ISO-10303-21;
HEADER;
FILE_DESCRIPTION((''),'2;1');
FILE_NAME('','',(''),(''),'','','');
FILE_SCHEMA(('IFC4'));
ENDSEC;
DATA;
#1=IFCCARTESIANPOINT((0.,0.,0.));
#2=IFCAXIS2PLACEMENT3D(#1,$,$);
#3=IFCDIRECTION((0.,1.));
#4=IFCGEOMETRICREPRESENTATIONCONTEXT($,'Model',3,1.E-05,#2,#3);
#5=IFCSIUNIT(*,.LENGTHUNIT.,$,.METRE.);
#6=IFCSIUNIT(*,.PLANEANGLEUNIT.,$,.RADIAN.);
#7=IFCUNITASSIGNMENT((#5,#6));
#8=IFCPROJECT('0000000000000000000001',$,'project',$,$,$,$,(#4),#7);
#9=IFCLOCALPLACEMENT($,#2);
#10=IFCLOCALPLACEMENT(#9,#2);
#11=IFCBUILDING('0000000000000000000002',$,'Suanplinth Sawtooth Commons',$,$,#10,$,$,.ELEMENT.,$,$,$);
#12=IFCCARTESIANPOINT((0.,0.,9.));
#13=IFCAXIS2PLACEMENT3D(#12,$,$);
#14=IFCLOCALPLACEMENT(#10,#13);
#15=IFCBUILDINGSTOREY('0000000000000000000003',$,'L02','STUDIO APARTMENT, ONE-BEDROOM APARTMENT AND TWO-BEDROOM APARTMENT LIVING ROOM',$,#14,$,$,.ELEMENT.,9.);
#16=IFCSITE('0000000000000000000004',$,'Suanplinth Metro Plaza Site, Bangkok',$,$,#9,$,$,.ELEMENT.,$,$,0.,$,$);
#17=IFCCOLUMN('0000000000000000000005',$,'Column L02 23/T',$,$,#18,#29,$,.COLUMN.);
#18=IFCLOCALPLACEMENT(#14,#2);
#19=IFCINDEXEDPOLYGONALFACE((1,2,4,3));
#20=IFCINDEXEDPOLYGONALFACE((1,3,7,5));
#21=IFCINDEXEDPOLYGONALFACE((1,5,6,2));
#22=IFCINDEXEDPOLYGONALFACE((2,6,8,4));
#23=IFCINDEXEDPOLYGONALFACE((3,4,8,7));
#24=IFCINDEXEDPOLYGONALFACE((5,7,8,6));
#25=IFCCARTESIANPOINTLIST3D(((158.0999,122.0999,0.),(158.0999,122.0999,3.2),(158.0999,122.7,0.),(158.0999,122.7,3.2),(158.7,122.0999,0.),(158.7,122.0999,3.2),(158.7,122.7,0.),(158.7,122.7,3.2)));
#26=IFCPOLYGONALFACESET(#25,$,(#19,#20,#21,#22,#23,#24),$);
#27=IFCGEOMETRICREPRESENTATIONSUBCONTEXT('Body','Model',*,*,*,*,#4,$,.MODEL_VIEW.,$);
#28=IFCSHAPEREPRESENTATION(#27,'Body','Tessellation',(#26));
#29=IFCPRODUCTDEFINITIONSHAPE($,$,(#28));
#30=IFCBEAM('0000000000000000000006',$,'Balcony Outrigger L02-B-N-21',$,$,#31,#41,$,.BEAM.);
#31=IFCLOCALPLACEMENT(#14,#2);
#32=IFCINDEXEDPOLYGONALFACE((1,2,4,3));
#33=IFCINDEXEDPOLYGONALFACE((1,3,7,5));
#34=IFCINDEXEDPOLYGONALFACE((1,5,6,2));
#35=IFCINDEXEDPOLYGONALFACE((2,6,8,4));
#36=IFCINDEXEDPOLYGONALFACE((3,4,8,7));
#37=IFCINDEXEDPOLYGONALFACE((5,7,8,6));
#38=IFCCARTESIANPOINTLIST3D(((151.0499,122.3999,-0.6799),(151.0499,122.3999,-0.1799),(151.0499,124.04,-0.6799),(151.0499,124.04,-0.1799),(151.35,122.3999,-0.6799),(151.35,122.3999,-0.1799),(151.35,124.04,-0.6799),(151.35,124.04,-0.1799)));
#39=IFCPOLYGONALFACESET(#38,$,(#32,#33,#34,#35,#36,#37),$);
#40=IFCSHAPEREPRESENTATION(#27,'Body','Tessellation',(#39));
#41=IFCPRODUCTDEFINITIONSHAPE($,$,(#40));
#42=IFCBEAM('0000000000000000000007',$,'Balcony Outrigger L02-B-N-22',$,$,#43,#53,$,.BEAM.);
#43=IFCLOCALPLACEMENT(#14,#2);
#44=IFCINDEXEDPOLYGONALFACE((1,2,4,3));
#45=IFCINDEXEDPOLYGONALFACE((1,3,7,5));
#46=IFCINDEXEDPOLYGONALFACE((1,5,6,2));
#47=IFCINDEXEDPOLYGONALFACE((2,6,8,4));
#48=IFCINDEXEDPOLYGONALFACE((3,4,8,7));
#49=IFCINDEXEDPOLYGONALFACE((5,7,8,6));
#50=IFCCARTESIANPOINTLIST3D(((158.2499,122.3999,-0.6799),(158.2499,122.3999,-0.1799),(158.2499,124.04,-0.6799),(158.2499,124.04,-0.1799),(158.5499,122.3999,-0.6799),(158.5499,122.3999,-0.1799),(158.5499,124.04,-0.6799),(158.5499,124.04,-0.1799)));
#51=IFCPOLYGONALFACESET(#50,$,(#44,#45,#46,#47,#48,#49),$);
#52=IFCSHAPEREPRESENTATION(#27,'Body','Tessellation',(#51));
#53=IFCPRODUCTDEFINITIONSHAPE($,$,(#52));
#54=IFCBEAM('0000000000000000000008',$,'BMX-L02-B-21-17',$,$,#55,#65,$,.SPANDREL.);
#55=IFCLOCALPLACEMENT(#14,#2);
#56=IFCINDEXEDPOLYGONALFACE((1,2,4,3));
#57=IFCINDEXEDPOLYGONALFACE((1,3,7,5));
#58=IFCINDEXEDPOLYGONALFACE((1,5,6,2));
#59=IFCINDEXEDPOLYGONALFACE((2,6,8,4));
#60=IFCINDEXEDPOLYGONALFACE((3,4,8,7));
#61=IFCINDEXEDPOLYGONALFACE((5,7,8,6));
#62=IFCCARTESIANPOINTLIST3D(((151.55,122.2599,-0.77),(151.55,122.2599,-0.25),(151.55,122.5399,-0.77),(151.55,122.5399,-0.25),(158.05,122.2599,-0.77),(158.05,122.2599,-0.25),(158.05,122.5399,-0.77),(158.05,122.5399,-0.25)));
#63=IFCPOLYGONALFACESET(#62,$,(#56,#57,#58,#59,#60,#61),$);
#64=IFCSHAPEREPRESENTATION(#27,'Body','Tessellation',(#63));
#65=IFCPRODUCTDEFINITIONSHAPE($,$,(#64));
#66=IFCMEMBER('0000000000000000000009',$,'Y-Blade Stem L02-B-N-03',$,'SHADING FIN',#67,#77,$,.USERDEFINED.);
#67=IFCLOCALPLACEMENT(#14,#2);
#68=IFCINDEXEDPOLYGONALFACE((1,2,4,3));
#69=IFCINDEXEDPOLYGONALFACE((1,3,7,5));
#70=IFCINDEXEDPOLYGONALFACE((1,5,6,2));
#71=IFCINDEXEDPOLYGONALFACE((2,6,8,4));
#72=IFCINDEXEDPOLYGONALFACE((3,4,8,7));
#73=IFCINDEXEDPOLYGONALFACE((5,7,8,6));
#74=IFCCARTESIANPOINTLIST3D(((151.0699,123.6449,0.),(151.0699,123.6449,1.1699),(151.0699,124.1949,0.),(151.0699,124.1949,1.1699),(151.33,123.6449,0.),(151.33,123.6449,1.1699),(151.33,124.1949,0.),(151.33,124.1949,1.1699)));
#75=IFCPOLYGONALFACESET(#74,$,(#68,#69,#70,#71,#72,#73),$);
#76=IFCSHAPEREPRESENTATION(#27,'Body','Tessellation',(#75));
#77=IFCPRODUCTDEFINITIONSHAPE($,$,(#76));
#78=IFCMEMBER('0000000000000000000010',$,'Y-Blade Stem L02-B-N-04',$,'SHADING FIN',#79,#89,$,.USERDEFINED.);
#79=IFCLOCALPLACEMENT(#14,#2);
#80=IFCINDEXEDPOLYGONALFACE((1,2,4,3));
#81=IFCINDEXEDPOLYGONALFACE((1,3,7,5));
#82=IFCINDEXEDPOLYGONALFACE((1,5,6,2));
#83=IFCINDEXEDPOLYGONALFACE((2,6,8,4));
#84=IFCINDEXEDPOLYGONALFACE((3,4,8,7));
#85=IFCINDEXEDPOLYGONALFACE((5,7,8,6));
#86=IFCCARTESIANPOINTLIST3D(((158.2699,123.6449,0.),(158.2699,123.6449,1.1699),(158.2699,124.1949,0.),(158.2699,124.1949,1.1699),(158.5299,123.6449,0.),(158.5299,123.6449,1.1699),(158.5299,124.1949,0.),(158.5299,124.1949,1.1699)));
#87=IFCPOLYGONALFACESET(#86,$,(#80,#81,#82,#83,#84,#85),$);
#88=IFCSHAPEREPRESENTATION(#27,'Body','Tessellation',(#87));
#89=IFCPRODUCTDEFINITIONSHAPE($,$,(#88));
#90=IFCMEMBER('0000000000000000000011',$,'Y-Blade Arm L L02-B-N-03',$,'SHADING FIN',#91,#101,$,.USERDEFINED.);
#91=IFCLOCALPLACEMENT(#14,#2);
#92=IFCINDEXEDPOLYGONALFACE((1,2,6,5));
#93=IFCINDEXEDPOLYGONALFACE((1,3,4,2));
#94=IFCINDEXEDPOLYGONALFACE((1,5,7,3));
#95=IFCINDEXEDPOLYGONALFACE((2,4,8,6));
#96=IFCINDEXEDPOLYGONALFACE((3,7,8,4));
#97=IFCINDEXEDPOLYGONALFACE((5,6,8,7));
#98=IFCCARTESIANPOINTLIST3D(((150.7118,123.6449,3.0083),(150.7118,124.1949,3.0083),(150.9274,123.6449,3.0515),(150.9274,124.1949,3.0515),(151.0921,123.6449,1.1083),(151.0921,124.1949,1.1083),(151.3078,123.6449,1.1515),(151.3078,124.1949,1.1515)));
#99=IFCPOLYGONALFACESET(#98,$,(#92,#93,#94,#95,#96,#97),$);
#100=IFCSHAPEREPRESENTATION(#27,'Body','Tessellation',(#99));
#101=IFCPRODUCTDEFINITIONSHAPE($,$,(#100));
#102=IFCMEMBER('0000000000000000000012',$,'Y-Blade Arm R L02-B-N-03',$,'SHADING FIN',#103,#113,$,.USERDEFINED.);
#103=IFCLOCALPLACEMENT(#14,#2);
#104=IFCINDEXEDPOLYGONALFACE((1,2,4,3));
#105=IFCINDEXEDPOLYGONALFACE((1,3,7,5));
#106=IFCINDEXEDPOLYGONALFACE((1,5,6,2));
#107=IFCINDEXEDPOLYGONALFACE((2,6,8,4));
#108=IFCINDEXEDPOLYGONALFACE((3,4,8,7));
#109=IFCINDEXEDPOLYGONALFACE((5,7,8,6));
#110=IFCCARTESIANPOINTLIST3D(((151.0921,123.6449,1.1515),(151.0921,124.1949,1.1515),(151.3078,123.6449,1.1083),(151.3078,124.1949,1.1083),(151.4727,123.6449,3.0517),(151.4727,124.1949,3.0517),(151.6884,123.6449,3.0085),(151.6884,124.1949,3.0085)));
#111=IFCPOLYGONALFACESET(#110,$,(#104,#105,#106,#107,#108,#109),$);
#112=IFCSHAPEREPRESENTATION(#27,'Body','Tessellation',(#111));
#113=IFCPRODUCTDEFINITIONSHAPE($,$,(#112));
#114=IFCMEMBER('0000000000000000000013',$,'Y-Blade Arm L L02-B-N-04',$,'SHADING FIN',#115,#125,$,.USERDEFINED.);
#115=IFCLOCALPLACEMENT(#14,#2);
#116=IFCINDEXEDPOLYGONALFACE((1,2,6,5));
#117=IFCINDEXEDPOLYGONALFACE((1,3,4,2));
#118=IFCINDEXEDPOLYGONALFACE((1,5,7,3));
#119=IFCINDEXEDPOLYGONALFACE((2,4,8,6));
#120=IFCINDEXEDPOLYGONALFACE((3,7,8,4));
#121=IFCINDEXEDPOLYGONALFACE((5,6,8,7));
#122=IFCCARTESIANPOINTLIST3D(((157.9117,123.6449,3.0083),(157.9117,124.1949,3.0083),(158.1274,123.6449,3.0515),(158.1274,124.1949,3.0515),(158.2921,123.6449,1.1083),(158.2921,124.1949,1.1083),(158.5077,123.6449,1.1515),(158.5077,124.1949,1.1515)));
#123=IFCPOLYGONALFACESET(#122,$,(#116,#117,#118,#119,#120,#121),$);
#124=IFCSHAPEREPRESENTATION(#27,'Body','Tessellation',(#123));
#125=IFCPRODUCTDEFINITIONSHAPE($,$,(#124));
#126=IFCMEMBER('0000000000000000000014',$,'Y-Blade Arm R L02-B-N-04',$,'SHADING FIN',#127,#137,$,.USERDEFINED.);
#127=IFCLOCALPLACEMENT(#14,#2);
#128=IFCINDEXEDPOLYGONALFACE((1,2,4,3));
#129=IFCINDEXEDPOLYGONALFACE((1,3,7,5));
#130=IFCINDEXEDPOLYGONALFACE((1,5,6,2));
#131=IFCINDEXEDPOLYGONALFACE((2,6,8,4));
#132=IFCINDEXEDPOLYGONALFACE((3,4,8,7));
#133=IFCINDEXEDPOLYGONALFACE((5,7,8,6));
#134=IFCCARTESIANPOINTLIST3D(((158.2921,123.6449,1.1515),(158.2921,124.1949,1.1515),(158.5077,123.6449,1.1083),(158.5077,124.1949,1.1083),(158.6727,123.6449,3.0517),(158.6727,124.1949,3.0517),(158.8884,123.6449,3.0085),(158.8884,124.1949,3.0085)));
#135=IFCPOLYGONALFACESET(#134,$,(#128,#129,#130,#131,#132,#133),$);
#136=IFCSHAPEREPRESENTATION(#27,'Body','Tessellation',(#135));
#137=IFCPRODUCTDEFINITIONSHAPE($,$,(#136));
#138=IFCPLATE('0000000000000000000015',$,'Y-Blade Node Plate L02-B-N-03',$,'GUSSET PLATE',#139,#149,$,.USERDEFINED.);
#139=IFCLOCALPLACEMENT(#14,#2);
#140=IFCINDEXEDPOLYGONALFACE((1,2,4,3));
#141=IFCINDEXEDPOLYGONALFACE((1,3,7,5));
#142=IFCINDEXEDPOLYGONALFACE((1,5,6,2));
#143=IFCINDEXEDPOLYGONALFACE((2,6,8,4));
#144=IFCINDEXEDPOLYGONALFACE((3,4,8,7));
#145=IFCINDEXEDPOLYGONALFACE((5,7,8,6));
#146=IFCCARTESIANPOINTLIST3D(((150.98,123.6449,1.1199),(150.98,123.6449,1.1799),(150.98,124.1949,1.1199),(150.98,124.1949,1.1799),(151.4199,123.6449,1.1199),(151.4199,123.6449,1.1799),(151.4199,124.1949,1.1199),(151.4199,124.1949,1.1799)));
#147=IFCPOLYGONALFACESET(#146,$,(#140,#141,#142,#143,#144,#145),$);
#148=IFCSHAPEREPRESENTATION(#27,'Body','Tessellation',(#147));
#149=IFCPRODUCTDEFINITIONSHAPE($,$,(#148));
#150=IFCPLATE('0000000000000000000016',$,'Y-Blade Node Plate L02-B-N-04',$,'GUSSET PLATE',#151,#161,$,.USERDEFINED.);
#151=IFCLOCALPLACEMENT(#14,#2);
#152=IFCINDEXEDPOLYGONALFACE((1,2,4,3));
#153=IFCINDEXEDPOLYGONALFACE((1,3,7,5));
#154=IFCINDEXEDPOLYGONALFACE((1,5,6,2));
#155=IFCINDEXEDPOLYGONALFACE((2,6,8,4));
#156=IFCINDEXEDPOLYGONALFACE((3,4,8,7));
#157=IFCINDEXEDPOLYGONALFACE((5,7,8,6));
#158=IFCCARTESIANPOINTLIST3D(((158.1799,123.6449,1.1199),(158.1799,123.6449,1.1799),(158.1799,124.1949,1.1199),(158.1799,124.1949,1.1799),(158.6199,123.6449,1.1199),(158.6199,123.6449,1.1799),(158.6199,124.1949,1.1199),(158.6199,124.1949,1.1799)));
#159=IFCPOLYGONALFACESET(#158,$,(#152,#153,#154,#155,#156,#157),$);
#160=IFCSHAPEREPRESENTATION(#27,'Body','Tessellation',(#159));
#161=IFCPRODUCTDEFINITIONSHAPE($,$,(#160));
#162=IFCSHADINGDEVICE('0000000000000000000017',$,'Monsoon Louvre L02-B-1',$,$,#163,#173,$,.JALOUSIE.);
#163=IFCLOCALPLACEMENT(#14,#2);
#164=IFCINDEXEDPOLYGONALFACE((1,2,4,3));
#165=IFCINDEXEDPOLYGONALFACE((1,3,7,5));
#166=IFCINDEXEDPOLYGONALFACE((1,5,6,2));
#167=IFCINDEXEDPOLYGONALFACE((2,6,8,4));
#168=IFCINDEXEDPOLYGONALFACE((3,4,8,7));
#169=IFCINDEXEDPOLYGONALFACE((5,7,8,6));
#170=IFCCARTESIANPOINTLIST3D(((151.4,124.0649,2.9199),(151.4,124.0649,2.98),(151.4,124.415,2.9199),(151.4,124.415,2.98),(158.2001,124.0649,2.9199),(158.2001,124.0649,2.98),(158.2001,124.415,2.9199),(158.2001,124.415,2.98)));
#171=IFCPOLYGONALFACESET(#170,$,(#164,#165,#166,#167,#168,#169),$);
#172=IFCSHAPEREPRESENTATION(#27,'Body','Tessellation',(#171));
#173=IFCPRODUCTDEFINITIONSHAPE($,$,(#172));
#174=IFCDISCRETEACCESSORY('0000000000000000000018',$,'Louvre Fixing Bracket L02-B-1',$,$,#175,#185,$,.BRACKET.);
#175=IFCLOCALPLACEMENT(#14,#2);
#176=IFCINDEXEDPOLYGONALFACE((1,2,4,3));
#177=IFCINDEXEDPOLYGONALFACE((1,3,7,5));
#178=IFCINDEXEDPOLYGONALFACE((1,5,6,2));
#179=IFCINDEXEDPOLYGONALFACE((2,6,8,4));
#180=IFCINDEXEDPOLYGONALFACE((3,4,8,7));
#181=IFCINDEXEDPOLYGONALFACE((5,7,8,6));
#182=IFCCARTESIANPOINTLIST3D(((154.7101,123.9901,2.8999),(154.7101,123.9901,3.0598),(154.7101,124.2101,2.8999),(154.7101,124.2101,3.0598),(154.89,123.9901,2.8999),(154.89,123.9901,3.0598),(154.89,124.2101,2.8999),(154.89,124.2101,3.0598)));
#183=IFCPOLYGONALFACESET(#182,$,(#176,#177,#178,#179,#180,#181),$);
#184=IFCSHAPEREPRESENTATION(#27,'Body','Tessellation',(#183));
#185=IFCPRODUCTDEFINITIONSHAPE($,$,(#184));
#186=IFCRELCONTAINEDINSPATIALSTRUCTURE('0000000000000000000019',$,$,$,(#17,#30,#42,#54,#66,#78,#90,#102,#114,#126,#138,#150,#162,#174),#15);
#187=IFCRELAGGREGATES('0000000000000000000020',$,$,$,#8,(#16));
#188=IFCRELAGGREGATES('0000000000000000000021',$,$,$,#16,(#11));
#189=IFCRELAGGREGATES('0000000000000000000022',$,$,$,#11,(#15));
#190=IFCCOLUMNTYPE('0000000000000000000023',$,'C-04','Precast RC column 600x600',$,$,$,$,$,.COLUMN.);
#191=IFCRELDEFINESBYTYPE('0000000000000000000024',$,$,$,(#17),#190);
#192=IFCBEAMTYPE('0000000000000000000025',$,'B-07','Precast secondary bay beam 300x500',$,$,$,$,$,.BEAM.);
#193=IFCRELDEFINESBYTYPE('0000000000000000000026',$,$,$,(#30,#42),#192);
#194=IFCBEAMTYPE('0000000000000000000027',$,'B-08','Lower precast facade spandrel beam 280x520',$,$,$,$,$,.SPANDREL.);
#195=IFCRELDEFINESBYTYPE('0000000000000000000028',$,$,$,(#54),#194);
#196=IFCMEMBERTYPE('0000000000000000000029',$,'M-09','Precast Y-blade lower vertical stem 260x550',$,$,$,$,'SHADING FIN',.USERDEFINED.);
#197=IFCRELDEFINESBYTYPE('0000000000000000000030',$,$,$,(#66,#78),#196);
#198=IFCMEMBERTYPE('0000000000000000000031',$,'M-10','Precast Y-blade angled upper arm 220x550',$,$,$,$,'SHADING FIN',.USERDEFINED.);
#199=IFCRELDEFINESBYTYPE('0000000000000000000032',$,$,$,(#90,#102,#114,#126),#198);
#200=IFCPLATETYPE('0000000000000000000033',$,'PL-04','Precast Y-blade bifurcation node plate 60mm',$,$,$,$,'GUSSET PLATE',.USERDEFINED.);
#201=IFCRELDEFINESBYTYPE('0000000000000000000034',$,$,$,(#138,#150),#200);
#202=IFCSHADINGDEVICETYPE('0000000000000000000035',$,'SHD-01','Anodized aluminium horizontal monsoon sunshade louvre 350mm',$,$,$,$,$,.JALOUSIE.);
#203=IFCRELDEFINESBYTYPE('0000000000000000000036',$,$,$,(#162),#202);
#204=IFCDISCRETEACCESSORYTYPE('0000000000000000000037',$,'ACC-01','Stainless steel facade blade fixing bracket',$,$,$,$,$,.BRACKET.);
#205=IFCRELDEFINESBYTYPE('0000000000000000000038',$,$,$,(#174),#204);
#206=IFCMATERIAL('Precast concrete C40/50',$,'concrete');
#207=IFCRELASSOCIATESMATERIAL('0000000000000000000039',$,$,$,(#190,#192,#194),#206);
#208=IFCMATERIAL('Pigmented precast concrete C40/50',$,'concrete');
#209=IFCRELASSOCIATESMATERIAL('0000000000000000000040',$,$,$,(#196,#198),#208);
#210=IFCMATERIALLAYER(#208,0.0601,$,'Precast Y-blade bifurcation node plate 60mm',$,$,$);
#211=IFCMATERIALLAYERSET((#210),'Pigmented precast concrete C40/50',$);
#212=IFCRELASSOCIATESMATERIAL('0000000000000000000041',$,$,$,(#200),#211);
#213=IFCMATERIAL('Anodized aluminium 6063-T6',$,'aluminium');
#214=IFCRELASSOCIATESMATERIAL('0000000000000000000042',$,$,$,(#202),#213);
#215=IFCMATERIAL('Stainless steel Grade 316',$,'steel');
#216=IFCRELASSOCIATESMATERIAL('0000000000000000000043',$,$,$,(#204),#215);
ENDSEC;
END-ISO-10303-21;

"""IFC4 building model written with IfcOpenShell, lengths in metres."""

from ifc_helpers import new_model, si_unit, direction, frame, origin, origin_2d, place, context, subcontext, project, spatial, rectangle, extrude, material, layer, layer_set, material_profile, profile_set, type_object, element, save


model = new_model("IFC4")

# Units and contexts
model_context = context("Model", 3, precision=1e-05, world=origin(), true_north=direction((0.0, 1.0)))
body_context = subcontext(model_context, "Body", "Model", "MODEL_VIEW")
ifc_project = project(units=[si_unit("LENGTHUNIT", "METRE"), si_unit("PLANEANGLEUNIT", "RADIAN")], contexts=[model_context])

# Site, building, storey
site_placement = place(None, origin())
site = spatial("IfcSite", under=ifc_project, at=site_placement, Name="Suanplinth Metro Plaza Site, Bangkok", CompositionType="ELEMENT", RefElevation=0.0)
building_placement = place(site_placement, origin())
building = spatial("IfcBuilding", under=site, at=building_placement, Name="Suanplinth Sawtooth Commons", CompositionType="ELEMENT")
storey_placement = place(building_placement, frame((0.0, 0.0, 9.0)))
storey = spatial("IfcBuildingStorey", under=building, at=storey_placement, Name="L02", Description="STUDIO APARTMENT, ONE-BEDROOM APARTMENT AND TWO-BEDROOM APARTMENT LIVING ROOM", CompositionType="ELEMENT", Elevation=9.0)

# Column
ifc_material_1 = material(Name="Precast concrete C40/50", Category="concrete")
ifc_material_profile_1 = material_profile(ifc_material_1, rectangle(XDim=0.6001, YDim=0.6001, at=origin_2d()), Name="PC-COL 600x600")
ifc_profile_set_1 = profile_set([ifc_material_profile_1], Name="Precast concrete C40/50")
column_type = type_object("IfcColumnType", Name="C-04", Description="Precast RC column 600x600", PredefinedType="COLUMN", material=ifc_profile_set_1)
column_placement = place(storey_placement, frame((158.3999, 122.3999, 0.0), z_axis=(0.0, 0.0, 1.0), x_axis=(1.0, 0.0, 0.0)))
element("IfcColumn", 1, at=column_placement, inside=storey, type_object=column_type, Name="Column L02 23/T", PredefinedType="COLUMN", context=body_context, shape_type="SweptSolid", body=[
    extrude(rectangle(XDim=0.6001, YDim=0.6001, at=origin_2d()), origin(), (0.0, 0.0, 1.0), 3.2),
])

# Beams
ifc_material_profile_2 = material_profile(ifc_material_1, rectangle(XDim=0.3, YDim=0.5, at=origin_2d()), Name="PC-BM 300x500")
ifc_profile_set_2 = profile_set([ifc_material_profile_2], Name="Precast concrete C40/50")
beam_type_1 = type_object("IfcBeamType", Name="B-07", Description="Precast secondary bay beam 300x500", PredefinedType="BEAM", material=ifc_profile_set_2)
for number, where, z_axis, x_axis, name in (
    (2, (151.2, 122.3999, -0.4299), (0.0, 1.0, 0.0), (-1.0, 0.0, 0.0), "Balcony Outrigger L02-B-N-21"),
    (3, (158.3999, 122.3999, -0.4299), (0.0, 1.0, 0.0), (-1.0, 0.0, 0.0), "Balcony Outrigger L02-B-N-22"),
):
    element("IfcBeam", number, at=place(storey_placement, frame(where, z_axis=z_axis, x_axis=x_axis)), inside=storey, type_object=beam_type_1, Name=name, PredefinedType="BEAM", context=body_context, shape_type="SweptSolid", body=[
        extrude(rectangle(XDim=0.3, YDim=0.5, at=origin_2d()), origin(), (0.0, 0.0, 1.0), 1.6401),
    ])
ifc_material_profile_3 = material_profile(ifc_material_1, rectangle(XDim=0.28, YDim=0.52, at=origin_2d()), Name="PC-SP 280x520")
ifc_profile_set_3 = profile_set([ifc_material_profile_3], Name="Precast concrete C40/50")
beam_type_2 = type_object("IfcBeamType", Name="B-08", Description="Lower precast facade spandrel beam 280x520", PredefinedType="SPANDREL", material=ifc_profile_set_3)
beam_placement = place(storey_placement, frame((151.55, 122.3999, -0.51), z_axis=(1.0, 0.0, 0.0), x_axis=(0.0, 1.0, 0.0)))
element("IfcBeam", 4, at=beam_placement, inside=storey, type_object=beam_type_2, Name="BMX-L02-B-21-17", PredefinedType="SPANDREL", context=body_context, shape_type="SweptSolid", body=[
    extrude(rectangle(XDim=0.28, YDim=0.52, at=origin_2d()), origin(), (0.0, 0.0, 1.0), 6.5),
])

# Members
ifc_material_2 = material(Name="Pigmented precast concrete C40/50", Category="concrete")
ifc_material_profile_4 = material_profile(ifc_material_2, rectangle(XDim=0.26, YDim=0.55, at=origin_2d()), Name="PC-FIN 260x550")
ifc_profile_set_4 = profile_set([ifc_material_profile_4], Name="Pigmented precast concrete C40/50")
member_type_1 = type_object("IfcMemberType", Name="M-09", Description="Precast Y-blade lower vertical stem 260x550", ElementType="SHADING FIN", PredefinedType="USERDEFINED", material=ifc_profile_set_4)
for number, where, z_axis, x_axis, name in (
    (5, (151.2, 123.9199, 0.0), (0.0, 0.0, 1.0), (1.0, 0.0, 0.0), "Y-Blade Stem L02-B-N-03"),
    (6, (158.3999, 123.9199, 0.0), (0.0, 0.0, 1.0), (1.0, 0.0, 0.0), "Y-Blade Stem L02-B-N-04"),
):
    element("IfcMember", number, at=place(storey_placement, frame(where, z_axis=z_axis, x_axis=x_axis)), inside=storey, type_object=member_type_1, Name=name, ObjectType="SHADING FIN", PredefinedType="USERDEFINED", context=body_context, shape_type="SweptSolid", body=[
        extrude(rectangle(XDim=0.26, YDim=0.55, at=origin_2d()), origin(), (0.0, 0.0, 1.0), 1.1699),
    ])
ifc_material_profile_5 = material_profile(ifc_material_2, rectangle(XDim=0.22, YDim=0.55, at=origin_2d()), Name="PC-FIN 220x550")
ifc_profile_set_5 = profile_set([ifc_material_profile_5], Name="Pigmented precast concrete C40/50")
member_type_2 = type_object("IfcMemberType", Name="M-10", Description="Precast Y-blade angled upper arm 220x550", ElementType="SHADING FIN", PredefinedType="USERDEFINED", material=ifc_profile_set_5)
member_1_placement = place(storey_placement, frame((151.2, 123.9199, 1.1299), z_axis=(-0.196286, 0.0, 0.980547), x_axis=(0.980547, 0.0, 0.196286)))
element("IfcMember", 7, at=member_1_placement, inside=storey, type_object=member_type_2, Name="Y-Blade Arm L L02-B-N-03", ObjectType="SHADING FIN", PredefinedType="USERDEFINED", context=body_context, shape_type="SweptSolid", body=[
    extrude(rectangle(XDim=0.22, YDim=0.55, at=origin_2d()), origin(), (0.0, 0.0, 1.0), 1.9377),
])
member_2_placement = place(storey_placement, frame((151.2, 123.9199, 1.1299), z_axis=(0.196407, 0.0, 0.980522), x_axis=(-0.980522, 0.0, 0.196407)))
element("IfcMember", 8, at=member_2_placement, inside=storey, type_object=member_type_2, Name="Y-Blade Arm R L02-B-N-03", ObjectType="SHADING FIN", PredefinedType="USERDEFINED", context=body_context, shape_type="SweptSolid", body=[
    extrude(rectangle(XDim=0.22, YDim=0.55, at=origin_2d()), origin(), (0.0, 0.0, 1.0), 1.938),
])
member_3_placement = place(storey_placement, frame((158.3999, 123.9199, 1.1299), z_axis=(-0.196286, 0.0, 0.980547), x_axis=(0.980547, 0.0, 0.196286)))
element("IfcMember", 9, at=member_3_placement, inside=storey, type_object=member_type_2, Name="Y-Blade Arm L L02-B-N-04", ObjectType="SHADING FIN", PredefinedType="USERDEFINED", context=body_context, shape_type="SweptSolid", body=[
    extrude(rectangle(XDim=0.22, YDim=0.55, at=origin_2d()), origin(), (0.0, 0.0, 1.0), 1.9377),
])
member_4_placement = place(storey_placement, frame((158.3999, 123.9199, 1.1299), z_axis=(0.196407, 0.0, 0.980522), x_axis=(-0.980522, 0.0, 0.196407)))
element("IfcMember", 10, at=member_4_placement, inside=storey, type_object=member_type_2, Name="Y-Blade Arm R L02-B-N-04", ObjectType="SHADING FIN", PredefinedType="USERDEFINED", context=body_context, shape_type="SweptSolid", body=[
    extrude(rectangle(XDim=0.22, YDim=0.55, at=origin_2d()), origin(), (0.0, 0.0, 1.0), 1.938),
])

# Plates
ifc_layer_1 = layer(ifc_material_2, 0.0601, Name="Precast Y-blade bifurcation node plate 60mm")
ifc_layer_set_1 = layer_set([ifc_layer_1], Name="Pigmented precast concrete C40/50")
plate_type = type_object("IfcPlateType", Name="PL-04", Description="Precast Y-blade bifurcation node plate 60mm", ElementType="GUSSET PLATE", PredefinedType="USERDEFINED", material=ifc_layer_set_1)
for number, where, z_axis, x_axis, name in (
    (11, (151.2, 123.9199, 1.1199), (0.0, 0.0, 1.0), (1.0, 0.0, 0.0), "Y-Blade Node Plate L02-B-N-03"),
    (12, (158.3999, 123.9199, 1.1199), (0.0, 0.0, 1.0), (1.0, 0.0, 0.0), "Y-Blade Node Plate L02-B-N-04"),
):
    element("IfcPlate", number, at=place(storey_placement, frame(where, z_axis=z_axis, x_axis=x_axis)), inside=storey, type_object=plate_type, Name=name, ObjectType="GUSSET PLATE", PredefinedType="USERDEFINED", context=body_context, shape_type="SweptSolid", body=[
        extrude(rectangle(XDim=0.4399, YDim=0.55, at=origin_2d()), origin(), (0.0, 0.0, 1.0), 0.0601),
    ])

# Shading device
ifc_material_3 = material(Name="Anodized aluminium 6063-T6", Category="aluminium")
shading_device_type = type_object("IfcShadingDeviceType", Name="SHD-01", Description="Anodized aluminium horizontal monsoon sunshade louvre 350mm", PredefinedType="JALOUSIE", material=ifc_material_3)
shading_device_placement = place(storey_placement, frame((154.8, 124.24, 2.9199), z_axis=(0.0, 0.0, 1.0), x_axis=(1.0, 0.0, 0.0)))
element("IfcShadingDevice", 13, at=shading_device_placement, inside=storey, type_object=shading_device_type, Name="Monsoon Louvre L02-B-1", PredefinedType="JALOUSIE", context=body_context, shape_type="SweptSolid", body=[
    extrude(rectangle(XDim=6.8, YDim=0.3501, at=origin_2d()), origin(), (0.0, 0.0, 1.0), 0.0601),
])

# Discrete accessory
ifc_material_4 = material(Name="Stainless steel Grade 316", Category="steel")
discrete_accessory_type = type_object("IfcDiscreteAccessoryType", Name="ACC-01", Description="Stainless steel facade blade fixing bracket", PredefinedType="BRACKET", material=ifc_material_4)
discrete_accessory_placement = place(storey_placement, frame((154.8, 124.1001, 2.8999), z_axis=(0.0, 0.0, 1.0), x_axis=(1.0, 0.0, 0.0)))
element("IfcDiscreteAccessory", 14, at=discrete_accessory_placement, inside=storey, type_object=discrete_accessory_type, Name="Louvre Fixing Bracket L02-B-1", PredefinedType="BRACKET", context=body_context, shape_type="SweptSolid", body=[
    extrude(rectangle(XDim=0.1799, YDim=0.22, at=origin_2d()), origin(), (0.0, 0.0, 1.0), 0.1599),
])

save(model, "model.ifc")
